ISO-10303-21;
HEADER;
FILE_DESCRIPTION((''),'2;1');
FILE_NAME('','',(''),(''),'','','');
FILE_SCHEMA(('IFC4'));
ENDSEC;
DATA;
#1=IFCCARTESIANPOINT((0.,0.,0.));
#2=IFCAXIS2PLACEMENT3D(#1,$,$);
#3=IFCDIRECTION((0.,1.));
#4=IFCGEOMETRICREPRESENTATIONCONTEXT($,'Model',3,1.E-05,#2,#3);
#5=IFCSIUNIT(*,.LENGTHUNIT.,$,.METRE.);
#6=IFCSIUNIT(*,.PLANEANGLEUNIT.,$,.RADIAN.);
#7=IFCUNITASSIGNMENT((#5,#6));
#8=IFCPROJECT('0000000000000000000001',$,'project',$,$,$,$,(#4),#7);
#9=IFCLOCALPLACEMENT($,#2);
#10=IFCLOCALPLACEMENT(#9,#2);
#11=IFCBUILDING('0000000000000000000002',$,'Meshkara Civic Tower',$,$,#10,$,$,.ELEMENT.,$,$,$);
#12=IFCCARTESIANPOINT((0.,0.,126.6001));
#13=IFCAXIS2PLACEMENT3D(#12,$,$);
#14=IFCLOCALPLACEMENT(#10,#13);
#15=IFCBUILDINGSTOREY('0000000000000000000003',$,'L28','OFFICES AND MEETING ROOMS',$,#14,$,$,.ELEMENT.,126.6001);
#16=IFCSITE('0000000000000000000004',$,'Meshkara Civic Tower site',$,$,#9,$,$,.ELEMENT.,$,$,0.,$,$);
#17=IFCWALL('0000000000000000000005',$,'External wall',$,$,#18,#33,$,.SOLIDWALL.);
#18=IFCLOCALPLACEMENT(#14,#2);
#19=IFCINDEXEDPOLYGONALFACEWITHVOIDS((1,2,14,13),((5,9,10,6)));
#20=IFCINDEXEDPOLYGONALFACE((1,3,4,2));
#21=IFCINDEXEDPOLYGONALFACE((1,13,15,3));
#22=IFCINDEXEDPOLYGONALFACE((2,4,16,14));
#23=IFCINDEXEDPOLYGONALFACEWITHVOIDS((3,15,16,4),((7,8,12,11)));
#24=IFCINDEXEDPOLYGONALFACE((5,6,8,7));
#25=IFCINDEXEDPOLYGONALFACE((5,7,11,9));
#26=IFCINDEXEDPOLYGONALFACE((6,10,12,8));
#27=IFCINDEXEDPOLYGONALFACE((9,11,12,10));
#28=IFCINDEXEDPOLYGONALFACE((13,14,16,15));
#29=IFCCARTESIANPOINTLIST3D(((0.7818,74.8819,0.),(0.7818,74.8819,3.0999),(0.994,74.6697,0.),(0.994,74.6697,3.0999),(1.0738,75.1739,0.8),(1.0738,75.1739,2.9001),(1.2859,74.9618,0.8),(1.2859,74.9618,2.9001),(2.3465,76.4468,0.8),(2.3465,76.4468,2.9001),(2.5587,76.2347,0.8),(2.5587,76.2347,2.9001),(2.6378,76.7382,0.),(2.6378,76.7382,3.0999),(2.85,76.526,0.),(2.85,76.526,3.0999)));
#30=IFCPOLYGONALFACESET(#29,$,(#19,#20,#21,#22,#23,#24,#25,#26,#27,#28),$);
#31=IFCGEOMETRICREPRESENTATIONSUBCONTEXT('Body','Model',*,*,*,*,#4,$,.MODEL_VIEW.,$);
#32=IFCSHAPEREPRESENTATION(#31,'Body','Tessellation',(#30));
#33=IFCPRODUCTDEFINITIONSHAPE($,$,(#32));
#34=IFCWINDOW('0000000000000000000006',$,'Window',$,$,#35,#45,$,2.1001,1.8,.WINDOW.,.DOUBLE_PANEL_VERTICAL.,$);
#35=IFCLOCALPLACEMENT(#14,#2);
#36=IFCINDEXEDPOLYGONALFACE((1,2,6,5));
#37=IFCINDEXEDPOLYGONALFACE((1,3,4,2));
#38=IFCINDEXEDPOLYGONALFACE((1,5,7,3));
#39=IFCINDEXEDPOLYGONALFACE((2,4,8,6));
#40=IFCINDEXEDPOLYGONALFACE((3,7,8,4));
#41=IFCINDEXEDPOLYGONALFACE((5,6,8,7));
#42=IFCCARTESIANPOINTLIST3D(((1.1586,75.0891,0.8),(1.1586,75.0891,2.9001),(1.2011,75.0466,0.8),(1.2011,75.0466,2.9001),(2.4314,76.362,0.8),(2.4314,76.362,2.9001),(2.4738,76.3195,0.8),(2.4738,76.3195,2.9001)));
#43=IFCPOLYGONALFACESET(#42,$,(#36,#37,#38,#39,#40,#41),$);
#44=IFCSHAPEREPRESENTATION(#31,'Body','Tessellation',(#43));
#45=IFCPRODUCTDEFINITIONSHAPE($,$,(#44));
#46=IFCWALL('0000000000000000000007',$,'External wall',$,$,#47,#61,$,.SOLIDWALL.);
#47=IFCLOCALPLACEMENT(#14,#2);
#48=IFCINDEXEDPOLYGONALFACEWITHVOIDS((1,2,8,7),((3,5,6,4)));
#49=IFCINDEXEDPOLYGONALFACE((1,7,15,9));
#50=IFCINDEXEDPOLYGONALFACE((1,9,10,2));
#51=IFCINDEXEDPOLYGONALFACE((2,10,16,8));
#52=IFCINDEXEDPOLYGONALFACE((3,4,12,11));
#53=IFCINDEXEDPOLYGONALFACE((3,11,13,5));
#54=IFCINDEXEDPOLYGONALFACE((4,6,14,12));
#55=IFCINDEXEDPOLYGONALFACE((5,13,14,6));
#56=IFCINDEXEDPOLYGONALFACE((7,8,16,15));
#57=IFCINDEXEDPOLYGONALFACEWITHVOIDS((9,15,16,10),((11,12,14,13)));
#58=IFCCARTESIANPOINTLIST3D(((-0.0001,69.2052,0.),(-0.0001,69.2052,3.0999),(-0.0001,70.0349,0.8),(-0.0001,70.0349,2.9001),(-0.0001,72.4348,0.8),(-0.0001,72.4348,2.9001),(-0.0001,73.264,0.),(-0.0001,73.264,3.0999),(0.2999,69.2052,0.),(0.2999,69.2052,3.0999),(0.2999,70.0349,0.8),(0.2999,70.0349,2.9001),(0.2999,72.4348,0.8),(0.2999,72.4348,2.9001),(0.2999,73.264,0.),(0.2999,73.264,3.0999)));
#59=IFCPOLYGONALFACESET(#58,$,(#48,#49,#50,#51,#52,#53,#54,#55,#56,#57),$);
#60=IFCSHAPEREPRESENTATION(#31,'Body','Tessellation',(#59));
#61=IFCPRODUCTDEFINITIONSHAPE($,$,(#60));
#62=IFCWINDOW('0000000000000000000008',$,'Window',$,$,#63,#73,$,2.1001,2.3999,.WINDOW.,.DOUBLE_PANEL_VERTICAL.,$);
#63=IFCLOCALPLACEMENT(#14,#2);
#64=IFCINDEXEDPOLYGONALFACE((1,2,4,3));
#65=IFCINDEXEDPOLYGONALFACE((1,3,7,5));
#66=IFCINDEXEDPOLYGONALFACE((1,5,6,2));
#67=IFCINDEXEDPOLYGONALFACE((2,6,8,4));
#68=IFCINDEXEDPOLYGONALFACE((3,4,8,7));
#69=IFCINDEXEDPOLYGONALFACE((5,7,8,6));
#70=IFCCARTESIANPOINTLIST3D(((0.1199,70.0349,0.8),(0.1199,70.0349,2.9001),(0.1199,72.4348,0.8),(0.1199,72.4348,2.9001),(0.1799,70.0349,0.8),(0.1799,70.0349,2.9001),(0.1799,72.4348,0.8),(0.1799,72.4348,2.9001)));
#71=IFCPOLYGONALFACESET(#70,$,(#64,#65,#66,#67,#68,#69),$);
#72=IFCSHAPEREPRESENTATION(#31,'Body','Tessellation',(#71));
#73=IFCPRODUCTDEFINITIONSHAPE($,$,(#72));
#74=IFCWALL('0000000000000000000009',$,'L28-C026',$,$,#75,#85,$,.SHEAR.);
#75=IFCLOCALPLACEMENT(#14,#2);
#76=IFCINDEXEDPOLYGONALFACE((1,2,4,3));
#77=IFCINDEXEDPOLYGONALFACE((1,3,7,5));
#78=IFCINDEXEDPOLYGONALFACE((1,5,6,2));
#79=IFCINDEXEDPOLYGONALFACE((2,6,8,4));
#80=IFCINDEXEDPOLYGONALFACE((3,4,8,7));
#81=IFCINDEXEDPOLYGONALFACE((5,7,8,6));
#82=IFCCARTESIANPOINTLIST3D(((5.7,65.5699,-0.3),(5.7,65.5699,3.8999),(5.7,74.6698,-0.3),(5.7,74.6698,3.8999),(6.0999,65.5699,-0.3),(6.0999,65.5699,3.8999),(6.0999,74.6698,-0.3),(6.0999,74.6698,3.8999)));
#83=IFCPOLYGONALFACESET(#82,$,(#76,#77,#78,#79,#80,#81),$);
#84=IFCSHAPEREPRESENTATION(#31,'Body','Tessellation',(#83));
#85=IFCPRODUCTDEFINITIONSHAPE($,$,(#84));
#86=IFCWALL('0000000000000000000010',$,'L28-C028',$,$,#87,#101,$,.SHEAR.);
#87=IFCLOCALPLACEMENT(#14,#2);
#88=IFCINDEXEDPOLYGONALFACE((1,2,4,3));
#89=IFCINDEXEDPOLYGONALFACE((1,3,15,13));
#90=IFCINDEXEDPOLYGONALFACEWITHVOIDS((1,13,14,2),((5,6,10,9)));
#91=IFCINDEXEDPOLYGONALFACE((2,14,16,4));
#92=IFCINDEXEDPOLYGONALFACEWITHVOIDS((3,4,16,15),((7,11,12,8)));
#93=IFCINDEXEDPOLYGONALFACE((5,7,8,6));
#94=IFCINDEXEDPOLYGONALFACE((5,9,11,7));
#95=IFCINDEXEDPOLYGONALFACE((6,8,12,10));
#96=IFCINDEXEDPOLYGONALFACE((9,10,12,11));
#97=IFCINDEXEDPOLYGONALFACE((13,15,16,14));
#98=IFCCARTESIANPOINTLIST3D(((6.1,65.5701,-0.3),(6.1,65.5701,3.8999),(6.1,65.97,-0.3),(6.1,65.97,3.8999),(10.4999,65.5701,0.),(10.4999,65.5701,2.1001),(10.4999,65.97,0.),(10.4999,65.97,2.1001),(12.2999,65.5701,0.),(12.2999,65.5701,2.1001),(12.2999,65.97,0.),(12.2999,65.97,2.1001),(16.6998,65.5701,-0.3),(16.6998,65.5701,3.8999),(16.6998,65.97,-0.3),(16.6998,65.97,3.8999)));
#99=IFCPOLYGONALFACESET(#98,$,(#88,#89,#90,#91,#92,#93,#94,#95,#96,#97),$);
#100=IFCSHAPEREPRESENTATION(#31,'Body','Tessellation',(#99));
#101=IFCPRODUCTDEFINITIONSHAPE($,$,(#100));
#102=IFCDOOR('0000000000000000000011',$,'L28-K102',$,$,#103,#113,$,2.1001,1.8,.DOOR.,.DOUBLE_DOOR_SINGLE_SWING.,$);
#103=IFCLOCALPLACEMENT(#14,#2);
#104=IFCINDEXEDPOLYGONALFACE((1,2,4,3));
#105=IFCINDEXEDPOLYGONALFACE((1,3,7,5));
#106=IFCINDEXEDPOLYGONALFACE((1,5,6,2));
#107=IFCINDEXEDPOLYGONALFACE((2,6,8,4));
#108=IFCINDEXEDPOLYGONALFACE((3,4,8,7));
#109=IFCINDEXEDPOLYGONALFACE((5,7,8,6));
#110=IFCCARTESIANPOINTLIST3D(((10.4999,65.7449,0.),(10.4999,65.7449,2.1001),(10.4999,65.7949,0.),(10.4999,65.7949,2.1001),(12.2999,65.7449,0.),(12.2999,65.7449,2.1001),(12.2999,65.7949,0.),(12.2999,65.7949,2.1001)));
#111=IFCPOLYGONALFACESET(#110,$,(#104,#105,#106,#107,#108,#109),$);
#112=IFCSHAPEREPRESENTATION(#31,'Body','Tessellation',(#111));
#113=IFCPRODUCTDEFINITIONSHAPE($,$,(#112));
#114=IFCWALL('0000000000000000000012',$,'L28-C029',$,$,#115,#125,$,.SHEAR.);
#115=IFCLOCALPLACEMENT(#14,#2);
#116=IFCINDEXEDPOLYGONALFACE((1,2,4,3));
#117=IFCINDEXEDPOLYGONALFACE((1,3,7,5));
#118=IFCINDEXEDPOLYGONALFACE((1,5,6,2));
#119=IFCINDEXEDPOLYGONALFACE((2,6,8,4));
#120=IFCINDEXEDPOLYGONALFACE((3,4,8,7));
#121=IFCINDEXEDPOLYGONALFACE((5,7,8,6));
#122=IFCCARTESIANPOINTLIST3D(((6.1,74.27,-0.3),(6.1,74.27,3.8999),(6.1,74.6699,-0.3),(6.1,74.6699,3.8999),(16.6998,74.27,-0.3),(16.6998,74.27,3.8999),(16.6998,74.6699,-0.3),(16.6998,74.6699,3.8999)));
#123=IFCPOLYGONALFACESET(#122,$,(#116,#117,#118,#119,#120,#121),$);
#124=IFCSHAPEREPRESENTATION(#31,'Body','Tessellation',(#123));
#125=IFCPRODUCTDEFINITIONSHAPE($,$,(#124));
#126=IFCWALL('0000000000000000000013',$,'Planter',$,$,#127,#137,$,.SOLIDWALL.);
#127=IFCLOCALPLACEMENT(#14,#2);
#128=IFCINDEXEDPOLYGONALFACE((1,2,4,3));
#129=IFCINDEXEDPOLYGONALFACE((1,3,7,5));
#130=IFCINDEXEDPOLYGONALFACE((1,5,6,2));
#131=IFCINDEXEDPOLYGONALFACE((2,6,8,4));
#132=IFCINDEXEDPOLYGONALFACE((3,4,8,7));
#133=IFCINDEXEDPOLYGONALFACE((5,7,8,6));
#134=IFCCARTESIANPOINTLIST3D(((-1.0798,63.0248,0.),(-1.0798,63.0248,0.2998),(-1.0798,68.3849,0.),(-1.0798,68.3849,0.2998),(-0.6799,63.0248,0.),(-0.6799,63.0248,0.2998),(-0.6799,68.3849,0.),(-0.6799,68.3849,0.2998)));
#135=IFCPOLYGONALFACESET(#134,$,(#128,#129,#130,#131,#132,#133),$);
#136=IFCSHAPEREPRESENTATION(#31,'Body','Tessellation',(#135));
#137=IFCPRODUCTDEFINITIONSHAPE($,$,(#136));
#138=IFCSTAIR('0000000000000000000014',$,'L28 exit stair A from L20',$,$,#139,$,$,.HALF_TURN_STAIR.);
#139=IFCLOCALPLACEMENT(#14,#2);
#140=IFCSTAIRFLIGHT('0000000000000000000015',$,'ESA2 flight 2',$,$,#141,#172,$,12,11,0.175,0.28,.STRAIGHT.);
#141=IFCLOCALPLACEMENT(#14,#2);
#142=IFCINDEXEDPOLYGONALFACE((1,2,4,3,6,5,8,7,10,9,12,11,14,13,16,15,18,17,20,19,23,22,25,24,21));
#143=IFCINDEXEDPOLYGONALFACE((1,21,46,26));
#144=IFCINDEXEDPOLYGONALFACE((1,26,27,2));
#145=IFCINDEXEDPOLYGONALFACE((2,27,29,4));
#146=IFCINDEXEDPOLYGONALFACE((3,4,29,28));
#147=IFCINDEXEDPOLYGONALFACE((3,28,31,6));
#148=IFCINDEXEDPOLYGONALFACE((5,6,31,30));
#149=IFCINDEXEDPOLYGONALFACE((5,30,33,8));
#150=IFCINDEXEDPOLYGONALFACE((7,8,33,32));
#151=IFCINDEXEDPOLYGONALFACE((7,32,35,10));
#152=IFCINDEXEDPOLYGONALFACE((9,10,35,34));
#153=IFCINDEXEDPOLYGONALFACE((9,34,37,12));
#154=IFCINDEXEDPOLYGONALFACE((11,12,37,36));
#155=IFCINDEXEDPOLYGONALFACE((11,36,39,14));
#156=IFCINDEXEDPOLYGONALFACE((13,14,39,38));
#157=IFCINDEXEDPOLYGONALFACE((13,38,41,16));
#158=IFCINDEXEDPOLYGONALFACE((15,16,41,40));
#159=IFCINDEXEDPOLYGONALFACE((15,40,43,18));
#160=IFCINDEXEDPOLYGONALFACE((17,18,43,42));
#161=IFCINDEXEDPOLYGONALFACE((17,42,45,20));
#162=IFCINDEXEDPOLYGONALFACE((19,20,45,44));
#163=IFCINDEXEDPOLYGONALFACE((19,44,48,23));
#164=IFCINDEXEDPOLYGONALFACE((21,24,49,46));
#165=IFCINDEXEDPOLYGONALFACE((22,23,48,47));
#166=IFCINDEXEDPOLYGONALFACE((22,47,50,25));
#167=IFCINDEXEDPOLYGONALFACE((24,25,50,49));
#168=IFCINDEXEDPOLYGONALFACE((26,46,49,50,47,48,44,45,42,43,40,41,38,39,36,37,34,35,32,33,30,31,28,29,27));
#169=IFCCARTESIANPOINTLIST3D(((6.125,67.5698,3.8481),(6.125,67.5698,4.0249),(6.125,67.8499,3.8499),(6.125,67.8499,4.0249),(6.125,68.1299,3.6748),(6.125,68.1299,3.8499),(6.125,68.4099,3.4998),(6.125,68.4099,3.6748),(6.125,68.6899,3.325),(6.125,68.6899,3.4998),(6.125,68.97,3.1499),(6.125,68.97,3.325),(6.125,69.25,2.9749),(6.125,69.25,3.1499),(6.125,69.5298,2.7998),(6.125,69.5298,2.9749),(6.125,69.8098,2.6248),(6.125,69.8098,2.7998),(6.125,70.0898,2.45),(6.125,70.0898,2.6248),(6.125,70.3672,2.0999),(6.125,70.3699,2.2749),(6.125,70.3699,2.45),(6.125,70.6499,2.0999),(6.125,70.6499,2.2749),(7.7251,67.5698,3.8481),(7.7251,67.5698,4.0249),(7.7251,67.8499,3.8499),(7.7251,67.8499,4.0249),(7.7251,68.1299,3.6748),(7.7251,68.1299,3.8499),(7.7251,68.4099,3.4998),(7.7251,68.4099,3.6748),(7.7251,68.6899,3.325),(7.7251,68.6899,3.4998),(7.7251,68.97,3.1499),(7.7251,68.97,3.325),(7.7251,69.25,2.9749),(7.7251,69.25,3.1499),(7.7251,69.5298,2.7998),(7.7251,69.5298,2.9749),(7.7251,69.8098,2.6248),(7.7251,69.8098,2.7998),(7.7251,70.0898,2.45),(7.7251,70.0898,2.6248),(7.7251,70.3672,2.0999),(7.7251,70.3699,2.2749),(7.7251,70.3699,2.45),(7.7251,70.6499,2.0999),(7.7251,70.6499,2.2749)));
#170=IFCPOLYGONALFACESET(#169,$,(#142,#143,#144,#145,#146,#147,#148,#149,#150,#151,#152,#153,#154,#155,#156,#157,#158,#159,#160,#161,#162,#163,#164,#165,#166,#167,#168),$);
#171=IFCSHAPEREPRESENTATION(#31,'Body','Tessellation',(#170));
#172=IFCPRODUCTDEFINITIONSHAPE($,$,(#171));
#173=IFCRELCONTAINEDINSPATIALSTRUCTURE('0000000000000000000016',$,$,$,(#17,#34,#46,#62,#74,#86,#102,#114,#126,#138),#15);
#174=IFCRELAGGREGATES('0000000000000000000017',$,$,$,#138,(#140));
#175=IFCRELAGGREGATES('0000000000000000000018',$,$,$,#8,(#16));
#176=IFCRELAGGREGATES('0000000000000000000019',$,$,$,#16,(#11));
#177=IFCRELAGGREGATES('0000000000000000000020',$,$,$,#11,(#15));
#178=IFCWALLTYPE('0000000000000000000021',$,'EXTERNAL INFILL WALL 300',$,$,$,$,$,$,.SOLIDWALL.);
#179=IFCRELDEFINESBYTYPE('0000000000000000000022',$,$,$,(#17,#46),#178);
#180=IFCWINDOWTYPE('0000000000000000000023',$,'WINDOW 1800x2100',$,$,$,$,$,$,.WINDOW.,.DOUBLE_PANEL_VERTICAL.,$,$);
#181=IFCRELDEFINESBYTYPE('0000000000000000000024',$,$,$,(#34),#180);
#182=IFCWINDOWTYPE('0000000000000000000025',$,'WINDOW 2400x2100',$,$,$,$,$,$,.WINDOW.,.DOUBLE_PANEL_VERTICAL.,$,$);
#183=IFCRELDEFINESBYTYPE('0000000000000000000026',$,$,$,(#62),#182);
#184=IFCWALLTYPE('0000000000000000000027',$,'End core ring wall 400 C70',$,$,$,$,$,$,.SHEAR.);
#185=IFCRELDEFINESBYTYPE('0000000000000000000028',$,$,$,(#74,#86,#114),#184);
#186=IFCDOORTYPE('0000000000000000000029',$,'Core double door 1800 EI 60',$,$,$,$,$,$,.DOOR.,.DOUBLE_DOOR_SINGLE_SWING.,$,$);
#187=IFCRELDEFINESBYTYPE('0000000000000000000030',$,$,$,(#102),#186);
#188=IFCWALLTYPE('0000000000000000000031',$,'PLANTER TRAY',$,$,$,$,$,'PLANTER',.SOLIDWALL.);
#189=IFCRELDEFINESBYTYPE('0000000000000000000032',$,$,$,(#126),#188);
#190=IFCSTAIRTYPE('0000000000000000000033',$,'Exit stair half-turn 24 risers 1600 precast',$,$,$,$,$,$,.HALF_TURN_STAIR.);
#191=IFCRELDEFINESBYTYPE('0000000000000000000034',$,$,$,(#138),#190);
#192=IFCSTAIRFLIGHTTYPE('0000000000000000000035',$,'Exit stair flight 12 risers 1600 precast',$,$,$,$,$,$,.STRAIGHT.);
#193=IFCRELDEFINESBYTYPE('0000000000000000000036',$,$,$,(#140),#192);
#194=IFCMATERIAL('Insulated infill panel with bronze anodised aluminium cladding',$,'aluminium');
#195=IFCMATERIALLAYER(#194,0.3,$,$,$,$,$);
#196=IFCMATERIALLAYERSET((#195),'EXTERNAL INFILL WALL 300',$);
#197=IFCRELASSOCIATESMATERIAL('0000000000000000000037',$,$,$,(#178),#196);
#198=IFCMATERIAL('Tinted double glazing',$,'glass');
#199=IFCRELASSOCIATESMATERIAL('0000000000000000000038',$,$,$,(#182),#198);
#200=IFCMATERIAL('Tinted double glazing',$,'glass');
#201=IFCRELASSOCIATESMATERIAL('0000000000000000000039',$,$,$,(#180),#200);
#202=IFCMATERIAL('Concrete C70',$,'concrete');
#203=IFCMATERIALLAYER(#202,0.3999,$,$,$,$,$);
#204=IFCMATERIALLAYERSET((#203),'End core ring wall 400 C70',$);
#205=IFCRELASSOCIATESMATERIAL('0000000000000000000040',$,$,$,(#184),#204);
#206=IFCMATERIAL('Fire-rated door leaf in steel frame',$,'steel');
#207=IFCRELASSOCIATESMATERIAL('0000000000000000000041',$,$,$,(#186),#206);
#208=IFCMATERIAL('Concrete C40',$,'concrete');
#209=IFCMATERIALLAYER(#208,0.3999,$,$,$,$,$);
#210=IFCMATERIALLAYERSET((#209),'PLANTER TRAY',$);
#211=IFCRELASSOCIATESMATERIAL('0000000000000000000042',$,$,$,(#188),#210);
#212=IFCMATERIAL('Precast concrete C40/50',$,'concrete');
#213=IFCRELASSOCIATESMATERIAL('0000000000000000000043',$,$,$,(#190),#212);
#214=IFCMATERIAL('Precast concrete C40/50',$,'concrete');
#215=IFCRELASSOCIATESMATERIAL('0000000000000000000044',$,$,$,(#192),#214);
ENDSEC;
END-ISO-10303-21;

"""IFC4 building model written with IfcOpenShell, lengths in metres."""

from ifc_helpers import new_model, si_unit, direction, frame, frame_2d, origin, place, context, subcontext, project, spatial, polyline, rectangle, outline, extrude, material, layer, layer_set, type_object, element, fill, aggregate, save


model = new_model("IFC4")

# Units and contexts
model_context = context("Model", 3, precision=1e-05, world=origin(), true_north=direction((0.0, 1.0)))
body_context = subcontext(model_context, "Body", "Model", "MODEL_VIEW")
ifc_project = project(units=[si_unit("LENGTHUNIT", "METRE"), si_unit("PLANEANGLEUNIT", "RADIAN")], contexts=[model_context])

# Site, building, storey
site_placement = place(None, origin())
site = spatial("IfcSite", under=ifc_project, at=site_placement, Name="Meshkara Civic Tower site", CompositionType="ELEMENT", RefElevation=0.0)
building_placement = place(site_placement, origin())
building = spatial("IfcBuilding", under=site, at=building_placement, Name="Meshkara Civic Tower", CompositionType="ELEMENT")
storey_placement = place(building_placement, frame((0.0, 0.0, 126.6001)))
storey = spatial("IfcBuildingStorey", under=building, at=storey_placement, Name="L28", Description="OFFICES AND MEETING ROOMS", CompositionType="ELEMENT", Elevation=126.6001)

# Walls, openings, windows
ifc_material_1 = material(Name="Insulated infill panel with bronze anodised aluminium cladding", Category="aluminium")
ifc_layer_1 = layer(ifc_material_1, 0.3)
ifc_layer_set_1 = layer_set([ifc_layer_1], Name="EXTERNAL INFILL WALL 300")
wall_type_1 = type_object("IfcWallType", Name="EXTERNAL INFILL WALL 300", PredefinedType="SOLIDWALL", material=ifc_layer_set_1)
ifc_material_2 = material(Name="Tinted double glazing", Category="glass")
window_type_1 = type_object("IfcWindowType", Name="WINDOW 2400x2100", PartitioningType="DOUBLE_PANEL_VERTICAL", PredefinedType="WINDOW", material=ifc_material_2)
wall_1_placement = place(storey_placement, frame((2.7439, 76.6321, 0.0), z_axis=(0.0, 0.0, 1.0), x_axis=(-0.70706, -0.707153, 0.0)))
wall_1 = element("IfcWall", 1, at=wall_1_placement, inside=storey, type_object=wall_type_1, Name="External wall", PredefinedType="SOLIDWALL", context=body_context, shape_type="SweptSolid", body=[
    extrude(rectangle(XDim=2.625, YDim=0.3, at=frame_2d((1.3125, 0.0))), origin(), (0.0, 0.0, 1.0), 3.0999),
])
opening_1_placement = place(wall_1_placement, frame((0.4121, 0.0, 0.8)))
opening_1 = element("IfcOpeningElement", 2, at=opening_1_placement, cuts=wall_1, PredefinedType="OPENING", context=body_context, shape_type="SweptSolid", body=[
    extrude(rectangle(XDim=1.8, YDim=2.1001, at=frame_2d((0.8999, 1.05))), frame((0.0, 0.1599, 0.0), z_axis=(0.0, -1.0, 0.0), x_axis=(1.0, 0.0, 0.0)), (0.0, 0.0, 1.0), 0.3201),
])
ifc_material_3 = material(Name="Tinted double glazing", Category="glass")
window_type_2 = type_object("IfcWindowType", Name="WINDOW 1800x2100", PartitioningType="DOUBLE_PANEL_VERTICAL", PredefinedType="WINDOW", material=ifc_material_3)
window_1_placement = place(opening_1_placement, origin())
window_1 = element("IfcWindow", 3, at=window_1_placement, inside=storey, type_object=window_type_2, Name="Window", OverallHeight=2.1001, OverallWidth=1.8, PartitioningType="DOUBLE_PANEL_VERTICAL", PredefinedType="WINDOW", context=body_context, shape_type="SweptSolid", body=[
    extrude(rectangle(XDim=1.8, YDim=2.1001, at=frame_2d((0.8999, 1.05))), frame((0.0, 0.03, 0.0), z_axis=(0.0, -1.0, 0.0), x_axis=(1.0, 0.0, 0.0)), (0.0, 0.0, 1.0), 0.0601),
])
fill(opening_1, window_1)
wall_2_placement = place(storey_placement, frame((0.1499, 73.2639, 0.0), z_axis=(0.0, 0.0, 1.0), x_axis=(0.0, -1.0, 0.0)))
wall_2 = element("IfcWall", 4, at=wall_2_placement, inside=storey, type_object=wall_type_1, Name="External wall", PredefinedType="SOLIDWALL", context=body_context, shape_type="SweptSolid", body=[
    extrude(rectangle(XDim=4.0588, YDim=0.3, at=frame_2d((2.0293, 0.0))), origin(), (0.0, 0.0, 1.0), 3.0999),
])
opening_2_placement = place(wall_2_placement, frame((0.8291, 0.0, 0.8)))
opening_2 = element("IfcOpeningElement", 5, at=opening_2_placement, cuts=wall_2, PredefinedType="OPENING", context=body_context, shape_type="SweptSolid", body=[
    extrude(rectangle(XDim=2.3999, YDim=2.1001, at=frame_2d((1.2, 1.05))), frame((0.0, 0.1599, 0.0), z_axis=(0.0, -1.0, 0.0), x_axis=(1.0, 0.0, 0.0)), (0.0, 0.0, 1.0), 0.3201),
])
window_2_placement = place(opening_2_placement, origin())
window_2 = element("IfcWindow", 6, at=window_2_placement, inside=storey, type_object=window_type_1, Name="Window", OverallHeight=2.1001, OverallWidth=2.3999, PartitioningType="DOUBLE_PANEL_VERTICAL", PredefinedType="WINDOW", context=body_context, shape_type="SweptSolid", body=[
    extrude(rectangle(XDim=2.3999, YDim=2.1001, at=frame_2d((1.2, 1.05))), frame((0.0, 0.03, 0.0), z_axis=(0.0, -1.0, 0.0), x_axis=(1.0, 0.0, 0.0)), (0.0, 0.0, 1.0), 0.0601),
])
fill(opening_2, window_2)

# Wall
ifc_material_4 = material(Name="Concrete C70", Category="concrete")
ifc_layer_2 = layer(ifc_material_4, 0.3999)
ifc_layer_set_2 = layer_set([ifc_layer_2], Name="End core ring wall 400 C70")
wall_type_2 = type_object("IfcWallType", Name="End core ring wall 400 C70", PredefinedType="SHEAR", material=ifc_layer_set_2)
wall_3_placement = place(storey_placement, frame((5.8999, 65.5701, -0.3), z_axis=(0.0, 0.0, 1.0), x_axis=(0.0, 1.0, 0.0)))
element("IfcWall", 7, at=wall_3_placement, inside=storey, type_object=wall_type_2, Name="L28-C026", PredefinedType="SHEAR", context=body_context, shape_type="SweptSolid", body=[
    extrude(rectangle(XDim=9.0999, YDim=0.3999, at=frame_2d((4.5498, 0.0))), origin(), (0.0, 0.0, 1.0), 4.2),
])

# Wall, opening, door
wall_4_placement = place(storey_placement, frame((6.1001, 65.77, -0.3), z_axis=(0.0, 0.0, 1.0), x_axis=(1.0, 0.0, 0.0)))
wall_4 = element("IfcWall", 8, at=wall_4_placement, inside=storey, type_object=wall_type_2, Name="L28-C028", PredefinedType="SHEAR", context=body_context, shape_type="SweptSolid", body=[
    extrude(rectangle(XDim=10.5999, YDim=0.3999, at=frame_2d((5.2998, 0.0))), origin(), (0.0, 0.0, 1.0), 4.2),
])
opening_3_placement = place(wall_4_placement, frame((4.3999, 0.0, 0.3)))
opening_3 = element("IfcOpeningElement", 9, at=opening_3_placement, cuts=wall_4, PredefinedType="OPENING", context=body_context, shape_type="SweptSolid", body=[
    extrude(rectangle(XDim=1.8, YDim=2.1001, at=frame_2d((0.8999, 1.05))), frame((0.0, 0.21, 0.0), z_axis=(0.0, -1.0, 0.0), x_axis=(1.0, 0.0, 0.0)), (0.0, 0.0, 1.0), 0.4199),
])
ifc_material_5 = material(Name="Fire-rated door leaf in steel frame", Category="steel")
door_type_1 = type_object("IfcDoorType", Name="Core double door 1800 EI 60", OperationType="DOUBLE_DOOR_SINGLE_SWING", PredefinedType="DOOR", material=ifc_material_5)
door_1_placement = place(opening_3_placement, origin())
door_1 = element("IfcDoor", 10, at=door_1_placement, inside=storey, type_object=door_type_1, Name="L28-K102", OperationType="DOUBLE_DOOR_SINGLE_SWING", OverallHeight=2.1001, OverallWidth=1.8, PredefinedType="DOOR", context=body_context, shape_type="SweptSolid", body=[
    extrude(rectangle(XDim=1.8, YDim=2.1001, at=frame_2d((0.8999, 1.05))), frame((0.0, 0.0249, 0.0), z_axis=(0.0, -1.0, 0.0), x_axis=(1.0, 0.0, 0.0)), (0.0, 0.0, 1.0), 0.05),
])
fill(opening_3, door_1)

# Wall
wall_5_placement = place(storey_placement, frame((6.1001, 74.47, -0.3), z_axis=(0.0, 0.0, 1.0), x_axis=(1.0, 0.0, 0.0)))
element("IfcWall", 11, at=wall_5_placement, inside=storey, type_object=wall_type_2, Name="L28-C029", PredefinedType="SHEAR", context=body_context, shape_type="SweptSolid", body=[
    extrude(rectangle(XDim=10.5999, YDim=0.3999, at=frame_2d((5.2998, 0.0))), origin(), (0.0, 0.0, 1.0), 4.2),
])

# Wall
ifc_material_6 = material(Name="Concrete C40", Category="concrete")
ifc_layer_3 = layer(ifc_material_6, 0.3999)
ifc_layer_set_3 = layer_set([ifc_layer_3], Name="PLANTER TRAY")
wall_type_3 = type_object("IfcWallType", Name="PLANTER TRAY", ElementType="PLANTER", PredefinedType="SOLIDWALL", material=ifc_layer_set_3)
wall_6_placement = place(storey_placement, frame((-0.8799, 68.385, 0.0), z_axis=(0.0, 0.0, 1.0), x_axis=(0.0, -1.0, 0.0)))
element("IfcWall", 12, at=wall_6_placement, inside=storey, type_object=wall_type_3, Name="Planter", PredefinedType="SOLIDWALL", context=body_context, shape_type="SweptSolid", body=[
    extrude(rectangle(XDim=5.3601, YDim=0.3999, at=frame_2d((2.6802, 0.0))), origin(), (0.0, 0.0, 1.0), 0.2998),
])

# Stair, stair flight
ifc_material_7 = material(Name="Precast concrete C40/50", Category="concrete")
stair_type = type_object("IfcStairType", Name="Exit stair half-turn 24 risers 1600 precast", PredefinedType="HALF_TURN_STAIR", material=ifc_material_7)
stair_placement = place(storey_placement, origin())
stair = element("IfcStair", 13, at=stair_placement, inside=storey, type_object=stair_type, Name="L28 exit stair A from L20", PredefinedType="HALF_TURN_STAIR")
ifc_material_8 = material(Name="Precast concrete C40/50", Category="concrete")
stair_flight_type = type_object("IfcStairFlightType", Name="Exit stair flight 12 risers 1600 precast", PredefinedType="STRAIGHT", material=ifc_material_8)
stair_flight_placement = place(storey_placement, frame((6.925, 70.6499, 2.0999), z_axis=(0.0, 0.0, 1.0), x_axis=(0.0, -1.0, 0.0)))
stair_flight = element("IfcStairFlight", 14, at=stair_flight_placement, type_object=stair_flight_type, Name="ESA2 flight 2", NumberOfRisers=12, NumberOfTreads=11, PredefinedType="STRAIGHT", RiserHeight=0.175, TreadLength=0.28, context=body_context, shape_type="SweptSolid", body=[
    extrude(outline(polyline([(0.0, 0.0), (0.0, 0.175), (0.28, 0.175), (0.28, 0.3501), (0.5601, 0.3501), (0.5601, 0.5249), (0.8401, 0.5249), (0.8401, 0.7), (1.1201, 0.7), (1.1201, 0.875), (1.3999, 0.875), (1.3999, 1.05), (1.6799, 1.05), (1.6799, 1.2251), (1.96, 1.2251), (1.96, 1.3999), (2.24, 1.3999), (2.24, 1.575), (2.52, 1.575), (2.52, 1.75), (2.8, 1.75), (2.8, 1.925), (3.0801, 1.925), (3.0801, 2.1001), (3.0801, 1.7483), (0.2827, 0.0), (0.0, 0.0)])), frame((0.0, 0.8, 0.0), z_axis=(0.0, -1.0, 0.0), x_axis=(1.0, 0.0, 0.0)), (0.0, 0.0, 1.0), 1.6001),
])
aggregate(stair, [stair_flight])

save(model, "model.ifc")
